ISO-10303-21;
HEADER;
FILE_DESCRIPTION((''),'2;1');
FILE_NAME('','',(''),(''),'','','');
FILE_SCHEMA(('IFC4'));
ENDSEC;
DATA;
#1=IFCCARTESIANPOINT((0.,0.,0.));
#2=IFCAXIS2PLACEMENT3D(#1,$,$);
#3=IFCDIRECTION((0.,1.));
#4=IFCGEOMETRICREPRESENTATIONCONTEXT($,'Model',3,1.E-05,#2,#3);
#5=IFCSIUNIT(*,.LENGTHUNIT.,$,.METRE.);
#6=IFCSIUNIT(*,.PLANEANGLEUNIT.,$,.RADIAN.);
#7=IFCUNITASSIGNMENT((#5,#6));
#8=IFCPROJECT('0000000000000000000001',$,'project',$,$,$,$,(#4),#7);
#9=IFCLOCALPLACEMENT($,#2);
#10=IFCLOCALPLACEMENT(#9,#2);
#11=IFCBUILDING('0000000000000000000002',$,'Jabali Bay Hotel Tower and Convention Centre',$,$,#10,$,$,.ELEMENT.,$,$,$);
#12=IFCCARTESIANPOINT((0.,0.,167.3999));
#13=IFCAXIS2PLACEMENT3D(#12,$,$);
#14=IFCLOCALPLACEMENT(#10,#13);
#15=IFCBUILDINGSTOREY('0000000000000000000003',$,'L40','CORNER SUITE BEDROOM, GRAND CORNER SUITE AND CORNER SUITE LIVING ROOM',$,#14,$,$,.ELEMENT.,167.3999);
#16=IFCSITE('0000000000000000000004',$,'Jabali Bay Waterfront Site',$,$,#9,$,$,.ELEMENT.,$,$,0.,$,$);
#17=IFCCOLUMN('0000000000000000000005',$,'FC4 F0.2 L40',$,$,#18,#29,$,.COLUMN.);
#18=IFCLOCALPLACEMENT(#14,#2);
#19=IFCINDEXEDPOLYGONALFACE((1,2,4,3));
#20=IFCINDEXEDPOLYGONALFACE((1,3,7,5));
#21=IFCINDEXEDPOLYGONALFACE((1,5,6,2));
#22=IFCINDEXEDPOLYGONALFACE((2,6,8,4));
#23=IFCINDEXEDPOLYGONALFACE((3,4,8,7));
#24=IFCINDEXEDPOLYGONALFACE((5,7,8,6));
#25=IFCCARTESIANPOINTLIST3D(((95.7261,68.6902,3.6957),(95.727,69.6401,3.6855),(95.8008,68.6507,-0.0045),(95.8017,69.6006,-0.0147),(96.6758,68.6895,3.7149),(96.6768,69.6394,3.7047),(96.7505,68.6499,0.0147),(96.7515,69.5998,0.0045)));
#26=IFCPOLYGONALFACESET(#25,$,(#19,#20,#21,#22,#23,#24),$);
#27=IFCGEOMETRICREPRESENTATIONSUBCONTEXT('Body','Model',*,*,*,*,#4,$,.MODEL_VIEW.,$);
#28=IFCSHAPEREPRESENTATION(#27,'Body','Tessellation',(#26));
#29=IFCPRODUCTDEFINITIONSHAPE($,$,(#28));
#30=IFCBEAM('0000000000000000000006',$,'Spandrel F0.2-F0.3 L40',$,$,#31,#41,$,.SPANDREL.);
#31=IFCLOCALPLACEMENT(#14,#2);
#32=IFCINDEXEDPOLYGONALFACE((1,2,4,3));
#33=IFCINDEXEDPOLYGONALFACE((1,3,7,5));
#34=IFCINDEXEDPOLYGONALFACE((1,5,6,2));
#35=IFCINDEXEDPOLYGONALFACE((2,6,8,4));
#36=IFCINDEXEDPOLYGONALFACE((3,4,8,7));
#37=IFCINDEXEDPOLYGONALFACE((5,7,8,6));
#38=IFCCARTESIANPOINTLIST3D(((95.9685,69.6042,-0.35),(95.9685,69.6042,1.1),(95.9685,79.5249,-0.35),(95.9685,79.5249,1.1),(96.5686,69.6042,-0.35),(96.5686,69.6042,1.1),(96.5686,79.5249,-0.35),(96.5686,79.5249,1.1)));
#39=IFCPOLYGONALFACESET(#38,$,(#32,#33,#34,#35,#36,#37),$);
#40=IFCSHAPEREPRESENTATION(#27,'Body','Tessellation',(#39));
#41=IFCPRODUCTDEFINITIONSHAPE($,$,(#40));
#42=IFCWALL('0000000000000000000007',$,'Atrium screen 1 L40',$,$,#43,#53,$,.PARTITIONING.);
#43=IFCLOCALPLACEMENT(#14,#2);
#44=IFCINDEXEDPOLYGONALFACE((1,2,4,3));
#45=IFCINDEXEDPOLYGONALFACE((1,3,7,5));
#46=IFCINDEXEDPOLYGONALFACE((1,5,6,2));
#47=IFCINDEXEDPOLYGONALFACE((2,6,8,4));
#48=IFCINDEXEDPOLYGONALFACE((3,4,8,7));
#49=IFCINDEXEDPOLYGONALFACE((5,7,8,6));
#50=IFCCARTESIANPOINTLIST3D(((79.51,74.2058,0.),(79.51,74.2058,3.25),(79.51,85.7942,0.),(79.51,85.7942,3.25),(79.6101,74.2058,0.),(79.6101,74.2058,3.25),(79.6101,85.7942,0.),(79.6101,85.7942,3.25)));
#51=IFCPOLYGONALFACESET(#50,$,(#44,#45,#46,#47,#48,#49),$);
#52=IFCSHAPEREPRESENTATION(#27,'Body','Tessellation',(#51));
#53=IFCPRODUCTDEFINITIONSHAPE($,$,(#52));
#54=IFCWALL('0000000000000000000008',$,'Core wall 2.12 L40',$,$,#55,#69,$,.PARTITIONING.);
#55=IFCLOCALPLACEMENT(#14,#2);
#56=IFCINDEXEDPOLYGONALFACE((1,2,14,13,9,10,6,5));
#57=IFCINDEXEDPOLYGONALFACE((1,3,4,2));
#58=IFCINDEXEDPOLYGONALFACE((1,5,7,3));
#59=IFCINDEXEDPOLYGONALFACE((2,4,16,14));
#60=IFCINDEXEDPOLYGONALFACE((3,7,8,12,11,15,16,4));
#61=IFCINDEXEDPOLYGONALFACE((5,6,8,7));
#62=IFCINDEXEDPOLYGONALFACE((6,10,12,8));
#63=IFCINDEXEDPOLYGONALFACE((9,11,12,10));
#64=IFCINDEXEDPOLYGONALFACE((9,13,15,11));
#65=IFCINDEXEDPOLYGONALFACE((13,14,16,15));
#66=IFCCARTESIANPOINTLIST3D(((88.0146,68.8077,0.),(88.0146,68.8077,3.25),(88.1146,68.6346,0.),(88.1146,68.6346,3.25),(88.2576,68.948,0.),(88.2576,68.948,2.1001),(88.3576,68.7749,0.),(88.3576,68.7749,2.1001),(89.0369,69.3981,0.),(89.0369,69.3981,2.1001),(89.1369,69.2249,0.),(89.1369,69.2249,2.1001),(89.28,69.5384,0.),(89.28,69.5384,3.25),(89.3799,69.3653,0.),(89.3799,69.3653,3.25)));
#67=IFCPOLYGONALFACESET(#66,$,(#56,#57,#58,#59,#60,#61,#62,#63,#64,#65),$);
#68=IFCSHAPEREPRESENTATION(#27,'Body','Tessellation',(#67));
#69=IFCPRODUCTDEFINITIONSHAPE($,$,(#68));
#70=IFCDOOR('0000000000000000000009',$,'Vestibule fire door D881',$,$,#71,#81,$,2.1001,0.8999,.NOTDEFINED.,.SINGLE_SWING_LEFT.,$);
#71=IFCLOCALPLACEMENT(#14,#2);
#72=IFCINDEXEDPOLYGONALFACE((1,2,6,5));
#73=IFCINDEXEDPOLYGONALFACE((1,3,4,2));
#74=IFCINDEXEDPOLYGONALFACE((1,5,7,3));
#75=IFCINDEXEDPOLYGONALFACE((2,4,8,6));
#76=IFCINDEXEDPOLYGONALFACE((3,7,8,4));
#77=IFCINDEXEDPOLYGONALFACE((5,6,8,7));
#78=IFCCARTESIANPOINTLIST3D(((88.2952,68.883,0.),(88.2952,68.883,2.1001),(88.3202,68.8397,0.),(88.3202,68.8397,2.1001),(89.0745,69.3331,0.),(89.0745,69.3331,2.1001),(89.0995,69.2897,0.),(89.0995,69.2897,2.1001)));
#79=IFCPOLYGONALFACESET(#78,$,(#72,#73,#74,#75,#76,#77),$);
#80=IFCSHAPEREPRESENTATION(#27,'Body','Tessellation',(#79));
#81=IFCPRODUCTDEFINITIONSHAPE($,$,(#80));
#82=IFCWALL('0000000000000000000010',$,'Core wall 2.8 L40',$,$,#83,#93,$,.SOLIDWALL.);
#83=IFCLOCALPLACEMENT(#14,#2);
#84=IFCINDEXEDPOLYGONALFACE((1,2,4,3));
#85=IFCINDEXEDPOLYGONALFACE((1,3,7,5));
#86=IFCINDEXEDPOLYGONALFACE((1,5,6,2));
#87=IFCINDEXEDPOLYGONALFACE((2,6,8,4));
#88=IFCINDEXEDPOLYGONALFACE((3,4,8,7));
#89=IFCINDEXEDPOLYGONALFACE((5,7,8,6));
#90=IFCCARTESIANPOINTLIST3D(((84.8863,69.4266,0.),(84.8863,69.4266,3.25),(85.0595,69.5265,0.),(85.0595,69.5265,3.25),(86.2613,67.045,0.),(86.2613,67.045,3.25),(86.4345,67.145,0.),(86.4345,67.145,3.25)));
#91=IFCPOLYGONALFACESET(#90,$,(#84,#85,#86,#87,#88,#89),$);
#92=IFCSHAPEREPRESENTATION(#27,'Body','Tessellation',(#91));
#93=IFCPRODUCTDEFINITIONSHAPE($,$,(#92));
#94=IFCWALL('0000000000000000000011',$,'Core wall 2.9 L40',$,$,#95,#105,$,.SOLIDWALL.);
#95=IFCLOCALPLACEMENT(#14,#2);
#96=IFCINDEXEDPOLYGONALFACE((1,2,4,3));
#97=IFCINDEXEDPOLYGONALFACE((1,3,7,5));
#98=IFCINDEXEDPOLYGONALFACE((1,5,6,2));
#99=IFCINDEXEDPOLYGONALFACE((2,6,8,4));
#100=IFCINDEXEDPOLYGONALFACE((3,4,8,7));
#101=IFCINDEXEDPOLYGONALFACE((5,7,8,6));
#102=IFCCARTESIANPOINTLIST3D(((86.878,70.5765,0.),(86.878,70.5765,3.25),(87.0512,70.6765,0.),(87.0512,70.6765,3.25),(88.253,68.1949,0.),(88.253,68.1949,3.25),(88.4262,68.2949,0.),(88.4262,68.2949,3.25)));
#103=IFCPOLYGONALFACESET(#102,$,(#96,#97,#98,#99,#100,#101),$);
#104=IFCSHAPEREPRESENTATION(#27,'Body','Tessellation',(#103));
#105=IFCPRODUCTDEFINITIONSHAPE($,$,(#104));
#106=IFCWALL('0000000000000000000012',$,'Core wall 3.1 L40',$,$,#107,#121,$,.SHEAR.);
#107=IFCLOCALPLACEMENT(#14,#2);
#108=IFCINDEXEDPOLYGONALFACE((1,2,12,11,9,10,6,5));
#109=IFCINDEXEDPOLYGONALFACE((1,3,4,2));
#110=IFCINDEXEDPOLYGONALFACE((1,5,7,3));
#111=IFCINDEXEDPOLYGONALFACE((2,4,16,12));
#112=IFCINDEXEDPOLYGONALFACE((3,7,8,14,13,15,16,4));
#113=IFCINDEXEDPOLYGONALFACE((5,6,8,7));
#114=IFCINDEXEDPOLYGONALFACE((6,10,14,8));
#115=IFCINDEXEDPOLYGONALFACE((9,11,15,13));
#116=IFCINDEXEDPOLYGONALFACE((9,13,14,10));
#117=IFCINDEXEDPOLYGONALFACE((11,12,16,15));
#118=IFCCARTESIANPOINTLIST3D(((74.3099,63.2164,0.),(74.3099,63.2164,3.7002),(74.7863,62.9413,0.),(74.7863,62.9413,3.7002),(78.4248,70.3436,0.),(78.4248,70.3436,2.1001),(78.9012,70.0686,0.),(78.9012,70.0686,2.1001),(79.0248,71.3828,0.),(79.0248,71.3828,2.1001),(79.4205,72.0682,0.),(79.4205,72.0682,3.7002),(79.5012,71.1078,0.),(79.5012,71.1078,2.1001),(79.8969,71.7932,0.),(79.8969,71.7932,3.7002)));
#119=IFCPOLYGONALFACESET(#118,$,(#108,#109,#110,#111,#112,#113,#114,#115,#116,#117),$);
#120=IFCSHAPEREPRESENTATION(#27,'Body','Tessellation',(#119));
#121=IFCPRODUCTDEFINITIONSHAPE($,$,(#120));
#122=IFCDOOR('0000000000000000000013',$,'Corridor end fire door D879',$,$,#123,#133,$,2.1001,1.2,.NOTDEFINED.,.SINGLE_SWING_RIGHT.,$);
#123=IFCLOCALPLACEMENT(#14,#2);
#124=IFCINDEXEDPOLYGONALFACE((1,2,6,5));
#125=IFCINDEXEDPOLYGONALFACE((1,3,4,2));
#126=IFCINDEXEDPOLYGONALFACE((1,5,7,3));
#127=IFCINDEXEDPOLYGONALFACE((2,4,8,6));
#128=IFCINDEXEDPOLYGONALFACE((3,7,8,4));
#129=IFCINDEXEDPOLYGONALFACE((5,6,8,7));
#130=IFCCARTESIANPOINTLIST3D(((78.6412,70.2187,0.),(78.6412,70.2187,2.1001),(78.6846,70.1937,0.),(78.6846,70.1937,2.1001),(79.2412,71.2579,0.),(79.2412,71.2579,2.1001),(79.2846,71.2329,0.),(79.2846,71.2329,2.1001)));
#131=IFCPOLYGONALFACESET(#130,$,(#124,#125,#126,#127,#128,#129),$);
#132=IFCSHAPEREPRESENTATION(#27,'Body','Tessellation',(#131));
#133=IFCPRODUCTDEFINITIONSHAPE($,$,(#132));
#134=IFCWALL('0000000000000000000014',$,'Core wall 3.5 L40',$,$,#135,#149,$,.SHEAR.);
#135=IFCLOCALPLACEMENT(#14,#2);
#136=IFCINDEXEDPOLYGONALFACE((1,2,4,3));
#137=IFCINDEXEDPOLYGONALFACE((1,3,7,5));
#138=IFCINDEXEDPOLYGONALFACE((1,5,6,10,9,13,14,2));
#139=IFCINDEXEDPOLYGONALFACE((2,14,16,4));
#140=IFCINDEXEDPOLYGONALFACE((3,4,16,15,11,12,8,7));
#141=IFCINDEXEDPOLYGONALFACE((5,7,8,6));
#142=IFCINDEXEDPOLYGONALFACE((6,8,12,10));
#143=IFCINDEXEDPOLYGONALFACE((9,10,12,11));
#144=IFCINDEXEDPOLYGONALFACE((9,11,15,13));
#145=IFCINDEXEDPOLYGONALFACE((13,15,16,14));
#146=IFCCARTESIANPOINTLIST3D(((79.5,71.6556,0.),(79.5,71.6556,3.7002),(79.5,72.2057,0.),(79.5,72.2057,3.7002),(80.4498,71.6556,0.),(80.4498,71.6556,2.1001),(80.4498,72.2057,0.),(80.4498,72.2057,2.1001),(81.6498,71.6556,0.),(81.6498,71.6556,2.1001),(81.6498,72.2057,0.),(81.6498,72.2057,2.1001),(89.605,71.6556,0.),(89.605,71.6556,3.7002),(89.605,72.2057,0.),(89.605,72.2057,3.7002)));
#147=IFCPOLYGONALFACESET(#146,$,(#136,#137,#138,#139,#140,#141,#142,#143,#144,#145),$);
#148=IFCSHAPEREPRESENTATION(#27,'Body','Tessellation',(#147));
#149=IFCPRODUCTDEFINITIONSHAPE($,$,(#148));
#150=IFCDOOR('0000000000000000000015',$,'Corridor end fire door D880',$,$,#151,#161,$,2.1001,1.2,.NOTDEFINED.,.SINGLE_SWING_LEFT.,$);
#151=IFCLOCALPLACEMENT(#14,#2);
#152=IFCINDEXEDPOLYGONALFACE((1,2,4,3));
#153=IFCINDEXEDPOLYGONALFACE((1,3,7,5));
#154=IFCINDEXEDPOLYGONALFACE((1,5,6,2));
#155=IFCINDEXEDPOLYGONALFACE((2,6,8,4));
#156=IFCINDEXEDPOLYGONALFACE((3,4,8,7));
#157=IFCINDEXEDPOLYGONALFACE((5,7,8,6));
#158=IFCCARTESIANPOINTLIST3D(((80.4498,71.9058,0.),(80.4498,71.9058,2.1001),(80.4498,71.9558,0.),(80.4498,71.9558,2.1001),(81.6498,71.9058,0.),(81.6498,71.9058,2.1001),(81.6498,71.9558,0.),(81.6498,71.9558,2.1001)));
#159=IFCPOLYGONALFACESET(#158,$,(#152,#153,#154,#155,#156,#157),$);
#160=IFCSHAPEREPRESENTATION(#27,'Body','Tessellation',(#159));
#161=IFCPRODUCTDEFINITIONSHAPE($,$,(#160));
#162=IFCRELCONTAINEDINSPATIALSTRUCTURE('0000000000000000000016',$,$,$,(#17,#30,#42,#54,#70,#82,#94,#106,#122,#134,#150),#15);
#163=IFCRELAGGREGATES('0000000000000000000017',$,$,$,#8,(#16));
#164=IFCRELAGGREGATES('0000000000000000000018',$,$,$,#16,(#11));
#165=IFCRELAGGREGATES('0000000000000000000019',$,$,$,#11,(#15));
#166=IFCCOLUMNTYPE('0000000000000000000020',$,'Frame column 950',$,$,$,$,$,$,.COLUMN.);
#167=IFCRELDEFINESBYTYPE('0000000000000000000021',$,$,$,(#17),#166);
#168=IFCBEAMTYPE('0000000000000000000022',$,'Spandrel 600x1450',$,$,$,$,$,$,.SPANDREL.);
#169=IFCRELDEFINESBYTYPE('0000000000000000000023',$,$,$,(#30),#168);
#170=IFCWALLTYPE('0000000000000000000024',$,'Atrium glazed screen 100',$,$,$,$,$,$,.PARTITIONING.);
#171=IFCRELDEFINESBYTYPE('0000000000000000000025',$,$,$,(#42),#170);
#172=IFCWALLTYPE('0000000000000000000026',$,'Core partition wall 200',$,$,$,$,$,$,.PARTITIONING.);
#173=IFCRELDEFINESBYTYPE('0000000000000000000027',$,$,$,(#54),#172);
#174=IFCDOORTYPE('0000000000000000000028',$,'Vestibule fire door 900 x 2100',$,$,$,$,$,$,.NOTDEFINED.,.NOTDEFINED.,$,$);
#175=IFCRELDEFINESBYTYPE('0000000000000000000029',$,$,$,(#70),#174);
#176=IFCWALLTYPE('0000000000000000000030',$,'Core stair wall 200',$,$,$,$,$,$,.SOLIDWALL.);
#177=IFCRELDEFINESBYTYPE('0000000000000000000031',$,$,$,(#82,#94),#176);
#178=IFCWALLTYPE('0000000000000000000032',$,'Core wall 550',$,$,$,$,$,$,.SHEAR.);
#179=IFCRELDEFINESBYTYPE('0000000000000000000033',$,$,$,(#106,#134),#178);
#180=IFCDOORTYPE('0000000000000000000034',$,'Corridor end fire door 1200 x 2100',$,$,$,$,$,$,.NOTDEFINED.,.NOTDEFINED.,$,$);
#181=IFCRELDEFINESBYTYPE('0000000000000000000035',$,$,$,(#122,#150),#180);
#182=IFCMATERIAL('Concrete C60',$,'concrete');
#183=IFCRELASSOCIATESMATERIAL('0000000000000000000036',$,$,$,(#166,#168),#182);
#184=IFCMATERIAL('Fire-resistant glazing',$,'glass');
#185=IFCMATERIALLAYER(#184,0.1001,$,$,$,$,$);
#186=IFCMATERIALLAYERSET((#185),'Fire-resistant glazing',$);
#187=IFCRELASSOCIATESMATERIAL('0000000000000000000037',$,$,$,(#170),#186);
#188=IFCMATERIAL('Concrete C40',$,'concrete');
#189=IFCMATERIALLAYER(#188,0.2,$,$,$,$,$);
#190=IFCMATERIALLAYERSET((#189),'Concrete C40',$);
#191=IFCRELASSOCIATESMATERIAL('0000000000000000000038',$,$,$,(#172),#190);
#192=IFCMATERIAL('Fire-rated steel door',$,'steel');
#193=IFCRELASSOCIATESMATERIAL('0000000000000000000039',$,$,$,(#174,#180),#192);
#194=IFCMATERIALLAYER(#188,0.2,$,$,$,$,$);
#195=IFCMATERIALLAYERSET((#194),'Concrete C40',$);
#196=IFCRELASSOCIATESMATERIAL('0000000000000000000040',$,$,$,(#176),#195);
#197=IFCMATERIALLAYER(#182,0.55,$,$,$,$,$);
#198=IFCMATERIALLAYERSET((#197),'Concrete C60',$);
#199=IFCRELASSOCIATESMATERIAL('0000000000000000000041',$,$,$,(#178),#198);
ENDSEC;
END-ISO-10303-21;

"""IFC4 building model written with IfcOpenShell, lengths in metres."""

from ifc_helpers import new_model, si_unit, direction, frame, frame_2d, origin, origin_2d, place, context, subcontext, project, spatial, rectangle, extrude, material, layer, layer_set, material_profile, profile_set, type_object, element, fill, save


model = new_model("IFC4")

# Units and contexts
model_context = context("Model", 3, precision=1e-05, world=origin(), true_north=direction((0.0, 1.0)))
body_context = subcontext(model_context, "Body", "Model", "MODEL_VIEW")
ifc_project = project(units=[si_unit("LENGTHUNIT", "METRE"), si_unit("PLANEANGLEUNIT", "RADIAN")], contexts=[model_context])

# Site, building, storey
site_placement = place(None, origin())
site = spatial("IfcSite", under=ifc_project, at=site_placement, Name="Jabali Bay Waterfront Site", CompositionType="ELEMENT", RefElevation=0.0)
building_placement = place(site_placement, origin())
building = spatial("IfcBuilding", under=site, at=building_placement, Name="Jabali Bay Hotel Tower and Convention Centre", CompositionType="ELEMENT")
storey_placement = place(building_placement, frame((0.0, 0.0, 167.3999)))
storey = spatial("IfcBuildingStorey", under=building, at=storey_placement, Name="L40", Description="CORNER SUITE BEDROOM, GRAND CORNER SUITE AND CORNER SUITE LIVING ROOM", CompositionType="ELEMENT", Elevation=167.3999)

# Column
ifc_material_1 = material(Name="Concrete C60", Category="concrete")
ifc_material_profile_1 = material_profile(ifc_material_1, rectangle(XDim=0.95, YDim=0.95, at=origin_2d()), Name="Frame column 950")
ifc_profile_set_1 = profile_set([ifc_material_profile_1], Name="Concrete C60")
column_type = type_object("IfcColumnType", Name="Frame column 950", PredefinedType="COLUMN", material=ifc_profile_set_1)
column_placement = place(storey_placement, frame((96.2761, 69.1252, 0.0), z_axis=(-0.020185, 0.010686, 0.999739), x_axis=(-0.001013, -0.999943, 0.010668)))
element("IfcColumn", 1, at=column_placement, inside=storey, type_object=column_type, Name="FC4 F0.2 L40", PredefinedType="COLUMN", context=body_context, shape_type="SweptSolid", body=[
    extrude(rectangle(XDim=0.95, YDim=0.95, at=origin_2d()), origin(), (0.0, 0.0, 1.0), 3.7012),
])

# Beam
ifc_material_profile_2 = material_profile(ifc_material_1, rectangle(XDim=0.6001, YDim=1.45, at=origin_2d()), Name="Spandrel 600x1450")
ifc_profile_set_2 = profile_set([ifc_material_profile_2], Name="Concrete C60")
beam_type = type_object("IfcBeamType", Name="Spandrel 600x1450", PredefinedType="SPANDREL", material=ifc_profile_set_2)
beam_placement = place(storey_placement, frame((96.2686, 69.6042, 0.375), z_axis=(0.0, 1.0, 0.0), x_axis=(-1.0, 0.0, 0.0)))
element("IfcBeam", 2, at=beam_placement, inside=storey, type_object=beam_type, Name="Spandrel F0.2-F0.3 L40", PredefinedType="SPANDREL", context=body_context, shape_type="SweptSolid", body=[
    extrude(rectangle(XDim=0.6001, YDim=1.45, at=origin_2d()), origin(), (0.0, 0.0, 1.0), 9.9207),
])

# Wall
ifc_material_2 = material(Name="Fire-resistant glazing", Category="glass")
ifc_layer_1 = layer(ifc_material_2, 0.1001)
ifc_layer_set_1 = layer_set([ifc_layer_1], Name="Fire-resistant glazing")
wall_type_1 = type_object("IfcWallType", Name="Atrium glazed screen 100", PredefinedType="PARTITIONING", material=ifc_layer_set_1)
wall_1_placement = place(storey_placement, frame((79.5601, 74.2058, 0.0), z_axis=(0.0, 0.0, 1.0), x_axis=(0.0, 1.0, 0.0)))
element("IfcWall", 3, at=wall_1_placement, inside=storey, type_object=wall_type_1, Name="Atrium screen 1 L40", PredefinedType="PARTITIONING", context=body_context, shape_type="SweptSolid", body=[
    extrude(rectangle(XDim=11.5884, YDim=0.1001, at=frame_2d((5.7942, 0.0))), origin(), (0.0, 0.0, 1.0), 3.25),
])

# Wall, opening, door
ifc_material_3 = material(Name="Concrete C40", Category="concrete")
ifc_layer_2 = layer(ifc_material_3, 0.2)
ifc_layer_set_2 = layer_set([ifc_layer_2], Name="Concrete C40")
wall_type_2 = type_object("IfcWallType", Name="Core partition wall 200", PredefinedType="PARTITIONING", material=ifc_layer_set_2)
wall_2_placement = place(storey_placement, frame((88.0647, 68.7212, 0.0), z_axis=(0.0, 0.0, 1.0), x_axis=(0.865982, 0.500074, 0.0)))
wall_2 = element("IfcWall", 4, at=wall_2_placement, inside=storey, type_object=wall_type_2, Name="Core wall 2.12 L40", PredefinedType="PARTITIONING", context=body_context, shape_type="SweptSolid", body=[
    extrude(rectangle(XDim=1.4612, YDim=0.2, at=frame_2d((0.7305, 0.0))), origin(), (0.0, 0.0, 1.0), 3.25),
])
opening_1_placement = place(wall_2_placement, frame((0.2805, 0.0, 0.0)))
opening_1 = element("IfcOpeningElement", 5, at=opening_1_placement, cuts=wall_2, PredefinedType="OPENING", context=body_context, shape_type="SweptSolid", body=[
    extrude(rectangle(XDim=0.8999, YDim=2.1001, at=frame_2d((0.45, 1.05))), frame((0.0, 0.1104, 0.0), z_axis=(0.0, -1.0, 0.0), x_axis=(1.0, 0.0, 0.0)), (0.0, 0.0, 1.0), 0.2209),
])
ifc_material_4 = material(Name="Fire-rated steel door", Category="steel")
door_type_1 = type_object("IfcDoorType", Name="Vestibule fire door 900 x 2100", OperationType="NOTDEFINED", PredefinedType="NOTDEFINED", material=ifc_material_4)
door_1_placement = place(opening_1_placement, origin())
door_1 = element("IfcDoor", 6, at=door_1_placement, inside=storey, type_object=door_type_1, Name="Vestibule fire door D881", OperationType="SINGLE_SWING_LEFT", OverallHeight=2.1001, OverallWidth=0.8999, PredefinedType="NOTDEFINED", context=body_context, shape_type="SweptSolid", body=[
    extrude(rectangle(XDim=0.8999, YDim=2.1001, at=frame_2d((0.45, 1.05))), frame((0.0, 0.0249, 0.0), z_axis=(0.0, -1.0, 0.0), x_axis=(1.0, 0.0, 0.0)), (0.0, 0.0, 1.0), 0.05),
])
fill(opening_1, door_1)

# Walls
ifc_layer_3 = layer(ifc_material_3, 0.2)
ifc_layer_set_3 = layer_set([ifc_layer_3], Name="Concrete C40")
wall_type_3 = type_object("IfcWallType", Name="Core stair wall 200", PredefinedType="SOLIDWALL", material=ifc_layer_set_3)
for number, where, z_axis, x_axis, name in (
    (7, (84.9729, 69.4766, 0.0), (0.0, 0.0, 1.0), (0.499997, -0.866027, 0.0), "Core wall 2.8 L40"),
    (8, (86.9646, 70.6265, 0.0), (0.0, 0.0, 1.0), (0.499997, -0.866027, 0.0), "Core wall 2.9 L40"),
):
    element("IfcWall", number, at=place(storey_placement, frame(where, z_axis=z_axis, x_axis=x_axis)), inside=storey, type_object=wall_type_3, Name=name, PredefinedType="SOLIDWALL", context=body_context, shape_type="SweptSolid", body=[
        extrude(rectangle(XDim=2.75, YDim=0.2, at=frame_2d((1.375, 0.0))), origin(), (0.0, 0.0, 1.0), 3.25),
    ])

# Walls, openings, doors
ifc_layer_4 = layer(ifc_material_1, 0.55)
ifc_layer_set_4 = layer_set([ifc_layer_4], Name="Concrete C60")
wall_type_4 = type_object("IfcWallType", Name="Core wall 550", PredefinedType="SHEAR", material=ifc_layer_set_4)
wall_3_placement = place(storey_placement, frame((79.6587, 71.9307, 0.0), z_axis=(0.0, 0.0, 1.0), x_axis=(-0.5, -0.866025, 0.0)))
wall_3 = element("IfcWall", 9, at=wall_3_placement, inside=storey, type_object=wall_type_4, Name="Core wall 3.1 L40", PredefinedType="SHEAR", context=body_context, shape_type="SweptSolid", body=[
    extrude(rectangle(XDim=10.2212, YDim=0.55, at=frame_2d((5.1106, 0.0))), origin(), (0.0, 0.0, 1.0), 3.7002),
])
opening_2_placement = place(wall_3_placement, frame((0.7913, 0.0, 0.0)))
opening_2 = element("IfcOpeningElement", 10, at=opening_2_placement, cuts=wall_3, PredefinedType="OPENING", context=body_context, shape_type="SweptSolid", body=[
    extrude(rectangle(XDim=1.2, YDim=2.1001, at=frame_2d((0.6001, 1.05))), frame((0.0, 0.2856, 0.0), z_axis=(0.0, -1.0, 0.0), x_axis=(1.0, 0.0, 0.0)), (0.0, 0.0, 1.0), 0.571),
])
door_type_2 = type_object("IfcDoorType", Name="Corridor end fire door 1200 x 2100", OperationType="NOTDEFINED", PredefinedType="NOTDEFINED", material=ifc_material_4)
door_2_placement = place(opening_2_placement, origin())
door_2 = element("IfcDoor", 11, at=door_2_placement, inside=storey, type_object=door_type_2, Name="Corridor end fire door D879", OperationType="SINGLE_SWING_RIGHT", OverallHeight=2.1001, OverallWidth=1.2, PredefinedType="NOTDEFINED", context=body_context, shape_type="SweptSolid", body=[
    extrude(rectangle(XDim=1.2, YDim=2.1001, at=frame_2d((0.6001, 1.05))), frame((0.0, 0.0249, 0.0), z_axis=(0.0, -1.0, 0.0), x_axis=(1.0, 0.0, 0.0)), (0.0, 0.0, 1.0), 0.05),
])
fill(opening_2, door_2)
wall_4_placement = place(storey_placement, frame((89.605, 71.9307, 0.0), z_axis=(0.0, 0.0, 1.0), x_axis=(-1.0, 0.0, 0.0)))
wall_4 = element("IfcWall", 12, at=wall_4_placement, inside=storey, type_object=wall_type_4, Name="Core wall 3.5 L40", PredefinedType="SHEAR", context=body_context, shape_type="SweptSolid", body=[
    extrude(rectangle(XDim=10.105, YDim=0.55, at=frame_2d((5.0525, 0.0))), origin(), (0.0, 0.0, 1.0), 3.7002),
])
opening_3_placement = place(wall_4_placement, frame((7.9551, 0.0, 0.0)))
opening_3 = element("IfcOpeningElement", 13, at=opening_3_placement, cuts=wall_4, PredefinedType="OPENING", context=body_context, shape_type="SweptSolid", body=[
    extrude(rectangle(XDim=1.2, YDim=2.1001, at=frame_2d((0.6001, 1.05))), frame((0.0, 0.2856, 0.0), z_axis=(0.0, -1.0, 0.0), x_axis=(1.0, 0.0, 0.0)), (0.0, 0.0, 1.0), 0.571),
])
door_3_placement = place(opening_3_placement, origin())
door_3 = element("IfcDoor", 14, at=door_3_placement, inside=storey, type_object=door_type_2, Name="Corridor end fire door D880", OperationType="SINGLE_SWING_LEFT", OverallHeight=2.1001, OverallWidth=1.2, PredefinedType="NOTDEFINED", context=body_context, shape_type="SweptSolid", body=[
    extrude(rectangle(XDim=1.2, YDim=2.1001, at=frame_2d((0.6001, 1.05))), frame((0.0, 0.0249, 0.0), z_axis=(0.0, -1.0, 0.0), x_axis=(1.0, 0.0, 0.0)), (0.0, 0.0, 1.0), 0.05),
])
fill(opening_3, door_3)

save(model, "model.ifc")
